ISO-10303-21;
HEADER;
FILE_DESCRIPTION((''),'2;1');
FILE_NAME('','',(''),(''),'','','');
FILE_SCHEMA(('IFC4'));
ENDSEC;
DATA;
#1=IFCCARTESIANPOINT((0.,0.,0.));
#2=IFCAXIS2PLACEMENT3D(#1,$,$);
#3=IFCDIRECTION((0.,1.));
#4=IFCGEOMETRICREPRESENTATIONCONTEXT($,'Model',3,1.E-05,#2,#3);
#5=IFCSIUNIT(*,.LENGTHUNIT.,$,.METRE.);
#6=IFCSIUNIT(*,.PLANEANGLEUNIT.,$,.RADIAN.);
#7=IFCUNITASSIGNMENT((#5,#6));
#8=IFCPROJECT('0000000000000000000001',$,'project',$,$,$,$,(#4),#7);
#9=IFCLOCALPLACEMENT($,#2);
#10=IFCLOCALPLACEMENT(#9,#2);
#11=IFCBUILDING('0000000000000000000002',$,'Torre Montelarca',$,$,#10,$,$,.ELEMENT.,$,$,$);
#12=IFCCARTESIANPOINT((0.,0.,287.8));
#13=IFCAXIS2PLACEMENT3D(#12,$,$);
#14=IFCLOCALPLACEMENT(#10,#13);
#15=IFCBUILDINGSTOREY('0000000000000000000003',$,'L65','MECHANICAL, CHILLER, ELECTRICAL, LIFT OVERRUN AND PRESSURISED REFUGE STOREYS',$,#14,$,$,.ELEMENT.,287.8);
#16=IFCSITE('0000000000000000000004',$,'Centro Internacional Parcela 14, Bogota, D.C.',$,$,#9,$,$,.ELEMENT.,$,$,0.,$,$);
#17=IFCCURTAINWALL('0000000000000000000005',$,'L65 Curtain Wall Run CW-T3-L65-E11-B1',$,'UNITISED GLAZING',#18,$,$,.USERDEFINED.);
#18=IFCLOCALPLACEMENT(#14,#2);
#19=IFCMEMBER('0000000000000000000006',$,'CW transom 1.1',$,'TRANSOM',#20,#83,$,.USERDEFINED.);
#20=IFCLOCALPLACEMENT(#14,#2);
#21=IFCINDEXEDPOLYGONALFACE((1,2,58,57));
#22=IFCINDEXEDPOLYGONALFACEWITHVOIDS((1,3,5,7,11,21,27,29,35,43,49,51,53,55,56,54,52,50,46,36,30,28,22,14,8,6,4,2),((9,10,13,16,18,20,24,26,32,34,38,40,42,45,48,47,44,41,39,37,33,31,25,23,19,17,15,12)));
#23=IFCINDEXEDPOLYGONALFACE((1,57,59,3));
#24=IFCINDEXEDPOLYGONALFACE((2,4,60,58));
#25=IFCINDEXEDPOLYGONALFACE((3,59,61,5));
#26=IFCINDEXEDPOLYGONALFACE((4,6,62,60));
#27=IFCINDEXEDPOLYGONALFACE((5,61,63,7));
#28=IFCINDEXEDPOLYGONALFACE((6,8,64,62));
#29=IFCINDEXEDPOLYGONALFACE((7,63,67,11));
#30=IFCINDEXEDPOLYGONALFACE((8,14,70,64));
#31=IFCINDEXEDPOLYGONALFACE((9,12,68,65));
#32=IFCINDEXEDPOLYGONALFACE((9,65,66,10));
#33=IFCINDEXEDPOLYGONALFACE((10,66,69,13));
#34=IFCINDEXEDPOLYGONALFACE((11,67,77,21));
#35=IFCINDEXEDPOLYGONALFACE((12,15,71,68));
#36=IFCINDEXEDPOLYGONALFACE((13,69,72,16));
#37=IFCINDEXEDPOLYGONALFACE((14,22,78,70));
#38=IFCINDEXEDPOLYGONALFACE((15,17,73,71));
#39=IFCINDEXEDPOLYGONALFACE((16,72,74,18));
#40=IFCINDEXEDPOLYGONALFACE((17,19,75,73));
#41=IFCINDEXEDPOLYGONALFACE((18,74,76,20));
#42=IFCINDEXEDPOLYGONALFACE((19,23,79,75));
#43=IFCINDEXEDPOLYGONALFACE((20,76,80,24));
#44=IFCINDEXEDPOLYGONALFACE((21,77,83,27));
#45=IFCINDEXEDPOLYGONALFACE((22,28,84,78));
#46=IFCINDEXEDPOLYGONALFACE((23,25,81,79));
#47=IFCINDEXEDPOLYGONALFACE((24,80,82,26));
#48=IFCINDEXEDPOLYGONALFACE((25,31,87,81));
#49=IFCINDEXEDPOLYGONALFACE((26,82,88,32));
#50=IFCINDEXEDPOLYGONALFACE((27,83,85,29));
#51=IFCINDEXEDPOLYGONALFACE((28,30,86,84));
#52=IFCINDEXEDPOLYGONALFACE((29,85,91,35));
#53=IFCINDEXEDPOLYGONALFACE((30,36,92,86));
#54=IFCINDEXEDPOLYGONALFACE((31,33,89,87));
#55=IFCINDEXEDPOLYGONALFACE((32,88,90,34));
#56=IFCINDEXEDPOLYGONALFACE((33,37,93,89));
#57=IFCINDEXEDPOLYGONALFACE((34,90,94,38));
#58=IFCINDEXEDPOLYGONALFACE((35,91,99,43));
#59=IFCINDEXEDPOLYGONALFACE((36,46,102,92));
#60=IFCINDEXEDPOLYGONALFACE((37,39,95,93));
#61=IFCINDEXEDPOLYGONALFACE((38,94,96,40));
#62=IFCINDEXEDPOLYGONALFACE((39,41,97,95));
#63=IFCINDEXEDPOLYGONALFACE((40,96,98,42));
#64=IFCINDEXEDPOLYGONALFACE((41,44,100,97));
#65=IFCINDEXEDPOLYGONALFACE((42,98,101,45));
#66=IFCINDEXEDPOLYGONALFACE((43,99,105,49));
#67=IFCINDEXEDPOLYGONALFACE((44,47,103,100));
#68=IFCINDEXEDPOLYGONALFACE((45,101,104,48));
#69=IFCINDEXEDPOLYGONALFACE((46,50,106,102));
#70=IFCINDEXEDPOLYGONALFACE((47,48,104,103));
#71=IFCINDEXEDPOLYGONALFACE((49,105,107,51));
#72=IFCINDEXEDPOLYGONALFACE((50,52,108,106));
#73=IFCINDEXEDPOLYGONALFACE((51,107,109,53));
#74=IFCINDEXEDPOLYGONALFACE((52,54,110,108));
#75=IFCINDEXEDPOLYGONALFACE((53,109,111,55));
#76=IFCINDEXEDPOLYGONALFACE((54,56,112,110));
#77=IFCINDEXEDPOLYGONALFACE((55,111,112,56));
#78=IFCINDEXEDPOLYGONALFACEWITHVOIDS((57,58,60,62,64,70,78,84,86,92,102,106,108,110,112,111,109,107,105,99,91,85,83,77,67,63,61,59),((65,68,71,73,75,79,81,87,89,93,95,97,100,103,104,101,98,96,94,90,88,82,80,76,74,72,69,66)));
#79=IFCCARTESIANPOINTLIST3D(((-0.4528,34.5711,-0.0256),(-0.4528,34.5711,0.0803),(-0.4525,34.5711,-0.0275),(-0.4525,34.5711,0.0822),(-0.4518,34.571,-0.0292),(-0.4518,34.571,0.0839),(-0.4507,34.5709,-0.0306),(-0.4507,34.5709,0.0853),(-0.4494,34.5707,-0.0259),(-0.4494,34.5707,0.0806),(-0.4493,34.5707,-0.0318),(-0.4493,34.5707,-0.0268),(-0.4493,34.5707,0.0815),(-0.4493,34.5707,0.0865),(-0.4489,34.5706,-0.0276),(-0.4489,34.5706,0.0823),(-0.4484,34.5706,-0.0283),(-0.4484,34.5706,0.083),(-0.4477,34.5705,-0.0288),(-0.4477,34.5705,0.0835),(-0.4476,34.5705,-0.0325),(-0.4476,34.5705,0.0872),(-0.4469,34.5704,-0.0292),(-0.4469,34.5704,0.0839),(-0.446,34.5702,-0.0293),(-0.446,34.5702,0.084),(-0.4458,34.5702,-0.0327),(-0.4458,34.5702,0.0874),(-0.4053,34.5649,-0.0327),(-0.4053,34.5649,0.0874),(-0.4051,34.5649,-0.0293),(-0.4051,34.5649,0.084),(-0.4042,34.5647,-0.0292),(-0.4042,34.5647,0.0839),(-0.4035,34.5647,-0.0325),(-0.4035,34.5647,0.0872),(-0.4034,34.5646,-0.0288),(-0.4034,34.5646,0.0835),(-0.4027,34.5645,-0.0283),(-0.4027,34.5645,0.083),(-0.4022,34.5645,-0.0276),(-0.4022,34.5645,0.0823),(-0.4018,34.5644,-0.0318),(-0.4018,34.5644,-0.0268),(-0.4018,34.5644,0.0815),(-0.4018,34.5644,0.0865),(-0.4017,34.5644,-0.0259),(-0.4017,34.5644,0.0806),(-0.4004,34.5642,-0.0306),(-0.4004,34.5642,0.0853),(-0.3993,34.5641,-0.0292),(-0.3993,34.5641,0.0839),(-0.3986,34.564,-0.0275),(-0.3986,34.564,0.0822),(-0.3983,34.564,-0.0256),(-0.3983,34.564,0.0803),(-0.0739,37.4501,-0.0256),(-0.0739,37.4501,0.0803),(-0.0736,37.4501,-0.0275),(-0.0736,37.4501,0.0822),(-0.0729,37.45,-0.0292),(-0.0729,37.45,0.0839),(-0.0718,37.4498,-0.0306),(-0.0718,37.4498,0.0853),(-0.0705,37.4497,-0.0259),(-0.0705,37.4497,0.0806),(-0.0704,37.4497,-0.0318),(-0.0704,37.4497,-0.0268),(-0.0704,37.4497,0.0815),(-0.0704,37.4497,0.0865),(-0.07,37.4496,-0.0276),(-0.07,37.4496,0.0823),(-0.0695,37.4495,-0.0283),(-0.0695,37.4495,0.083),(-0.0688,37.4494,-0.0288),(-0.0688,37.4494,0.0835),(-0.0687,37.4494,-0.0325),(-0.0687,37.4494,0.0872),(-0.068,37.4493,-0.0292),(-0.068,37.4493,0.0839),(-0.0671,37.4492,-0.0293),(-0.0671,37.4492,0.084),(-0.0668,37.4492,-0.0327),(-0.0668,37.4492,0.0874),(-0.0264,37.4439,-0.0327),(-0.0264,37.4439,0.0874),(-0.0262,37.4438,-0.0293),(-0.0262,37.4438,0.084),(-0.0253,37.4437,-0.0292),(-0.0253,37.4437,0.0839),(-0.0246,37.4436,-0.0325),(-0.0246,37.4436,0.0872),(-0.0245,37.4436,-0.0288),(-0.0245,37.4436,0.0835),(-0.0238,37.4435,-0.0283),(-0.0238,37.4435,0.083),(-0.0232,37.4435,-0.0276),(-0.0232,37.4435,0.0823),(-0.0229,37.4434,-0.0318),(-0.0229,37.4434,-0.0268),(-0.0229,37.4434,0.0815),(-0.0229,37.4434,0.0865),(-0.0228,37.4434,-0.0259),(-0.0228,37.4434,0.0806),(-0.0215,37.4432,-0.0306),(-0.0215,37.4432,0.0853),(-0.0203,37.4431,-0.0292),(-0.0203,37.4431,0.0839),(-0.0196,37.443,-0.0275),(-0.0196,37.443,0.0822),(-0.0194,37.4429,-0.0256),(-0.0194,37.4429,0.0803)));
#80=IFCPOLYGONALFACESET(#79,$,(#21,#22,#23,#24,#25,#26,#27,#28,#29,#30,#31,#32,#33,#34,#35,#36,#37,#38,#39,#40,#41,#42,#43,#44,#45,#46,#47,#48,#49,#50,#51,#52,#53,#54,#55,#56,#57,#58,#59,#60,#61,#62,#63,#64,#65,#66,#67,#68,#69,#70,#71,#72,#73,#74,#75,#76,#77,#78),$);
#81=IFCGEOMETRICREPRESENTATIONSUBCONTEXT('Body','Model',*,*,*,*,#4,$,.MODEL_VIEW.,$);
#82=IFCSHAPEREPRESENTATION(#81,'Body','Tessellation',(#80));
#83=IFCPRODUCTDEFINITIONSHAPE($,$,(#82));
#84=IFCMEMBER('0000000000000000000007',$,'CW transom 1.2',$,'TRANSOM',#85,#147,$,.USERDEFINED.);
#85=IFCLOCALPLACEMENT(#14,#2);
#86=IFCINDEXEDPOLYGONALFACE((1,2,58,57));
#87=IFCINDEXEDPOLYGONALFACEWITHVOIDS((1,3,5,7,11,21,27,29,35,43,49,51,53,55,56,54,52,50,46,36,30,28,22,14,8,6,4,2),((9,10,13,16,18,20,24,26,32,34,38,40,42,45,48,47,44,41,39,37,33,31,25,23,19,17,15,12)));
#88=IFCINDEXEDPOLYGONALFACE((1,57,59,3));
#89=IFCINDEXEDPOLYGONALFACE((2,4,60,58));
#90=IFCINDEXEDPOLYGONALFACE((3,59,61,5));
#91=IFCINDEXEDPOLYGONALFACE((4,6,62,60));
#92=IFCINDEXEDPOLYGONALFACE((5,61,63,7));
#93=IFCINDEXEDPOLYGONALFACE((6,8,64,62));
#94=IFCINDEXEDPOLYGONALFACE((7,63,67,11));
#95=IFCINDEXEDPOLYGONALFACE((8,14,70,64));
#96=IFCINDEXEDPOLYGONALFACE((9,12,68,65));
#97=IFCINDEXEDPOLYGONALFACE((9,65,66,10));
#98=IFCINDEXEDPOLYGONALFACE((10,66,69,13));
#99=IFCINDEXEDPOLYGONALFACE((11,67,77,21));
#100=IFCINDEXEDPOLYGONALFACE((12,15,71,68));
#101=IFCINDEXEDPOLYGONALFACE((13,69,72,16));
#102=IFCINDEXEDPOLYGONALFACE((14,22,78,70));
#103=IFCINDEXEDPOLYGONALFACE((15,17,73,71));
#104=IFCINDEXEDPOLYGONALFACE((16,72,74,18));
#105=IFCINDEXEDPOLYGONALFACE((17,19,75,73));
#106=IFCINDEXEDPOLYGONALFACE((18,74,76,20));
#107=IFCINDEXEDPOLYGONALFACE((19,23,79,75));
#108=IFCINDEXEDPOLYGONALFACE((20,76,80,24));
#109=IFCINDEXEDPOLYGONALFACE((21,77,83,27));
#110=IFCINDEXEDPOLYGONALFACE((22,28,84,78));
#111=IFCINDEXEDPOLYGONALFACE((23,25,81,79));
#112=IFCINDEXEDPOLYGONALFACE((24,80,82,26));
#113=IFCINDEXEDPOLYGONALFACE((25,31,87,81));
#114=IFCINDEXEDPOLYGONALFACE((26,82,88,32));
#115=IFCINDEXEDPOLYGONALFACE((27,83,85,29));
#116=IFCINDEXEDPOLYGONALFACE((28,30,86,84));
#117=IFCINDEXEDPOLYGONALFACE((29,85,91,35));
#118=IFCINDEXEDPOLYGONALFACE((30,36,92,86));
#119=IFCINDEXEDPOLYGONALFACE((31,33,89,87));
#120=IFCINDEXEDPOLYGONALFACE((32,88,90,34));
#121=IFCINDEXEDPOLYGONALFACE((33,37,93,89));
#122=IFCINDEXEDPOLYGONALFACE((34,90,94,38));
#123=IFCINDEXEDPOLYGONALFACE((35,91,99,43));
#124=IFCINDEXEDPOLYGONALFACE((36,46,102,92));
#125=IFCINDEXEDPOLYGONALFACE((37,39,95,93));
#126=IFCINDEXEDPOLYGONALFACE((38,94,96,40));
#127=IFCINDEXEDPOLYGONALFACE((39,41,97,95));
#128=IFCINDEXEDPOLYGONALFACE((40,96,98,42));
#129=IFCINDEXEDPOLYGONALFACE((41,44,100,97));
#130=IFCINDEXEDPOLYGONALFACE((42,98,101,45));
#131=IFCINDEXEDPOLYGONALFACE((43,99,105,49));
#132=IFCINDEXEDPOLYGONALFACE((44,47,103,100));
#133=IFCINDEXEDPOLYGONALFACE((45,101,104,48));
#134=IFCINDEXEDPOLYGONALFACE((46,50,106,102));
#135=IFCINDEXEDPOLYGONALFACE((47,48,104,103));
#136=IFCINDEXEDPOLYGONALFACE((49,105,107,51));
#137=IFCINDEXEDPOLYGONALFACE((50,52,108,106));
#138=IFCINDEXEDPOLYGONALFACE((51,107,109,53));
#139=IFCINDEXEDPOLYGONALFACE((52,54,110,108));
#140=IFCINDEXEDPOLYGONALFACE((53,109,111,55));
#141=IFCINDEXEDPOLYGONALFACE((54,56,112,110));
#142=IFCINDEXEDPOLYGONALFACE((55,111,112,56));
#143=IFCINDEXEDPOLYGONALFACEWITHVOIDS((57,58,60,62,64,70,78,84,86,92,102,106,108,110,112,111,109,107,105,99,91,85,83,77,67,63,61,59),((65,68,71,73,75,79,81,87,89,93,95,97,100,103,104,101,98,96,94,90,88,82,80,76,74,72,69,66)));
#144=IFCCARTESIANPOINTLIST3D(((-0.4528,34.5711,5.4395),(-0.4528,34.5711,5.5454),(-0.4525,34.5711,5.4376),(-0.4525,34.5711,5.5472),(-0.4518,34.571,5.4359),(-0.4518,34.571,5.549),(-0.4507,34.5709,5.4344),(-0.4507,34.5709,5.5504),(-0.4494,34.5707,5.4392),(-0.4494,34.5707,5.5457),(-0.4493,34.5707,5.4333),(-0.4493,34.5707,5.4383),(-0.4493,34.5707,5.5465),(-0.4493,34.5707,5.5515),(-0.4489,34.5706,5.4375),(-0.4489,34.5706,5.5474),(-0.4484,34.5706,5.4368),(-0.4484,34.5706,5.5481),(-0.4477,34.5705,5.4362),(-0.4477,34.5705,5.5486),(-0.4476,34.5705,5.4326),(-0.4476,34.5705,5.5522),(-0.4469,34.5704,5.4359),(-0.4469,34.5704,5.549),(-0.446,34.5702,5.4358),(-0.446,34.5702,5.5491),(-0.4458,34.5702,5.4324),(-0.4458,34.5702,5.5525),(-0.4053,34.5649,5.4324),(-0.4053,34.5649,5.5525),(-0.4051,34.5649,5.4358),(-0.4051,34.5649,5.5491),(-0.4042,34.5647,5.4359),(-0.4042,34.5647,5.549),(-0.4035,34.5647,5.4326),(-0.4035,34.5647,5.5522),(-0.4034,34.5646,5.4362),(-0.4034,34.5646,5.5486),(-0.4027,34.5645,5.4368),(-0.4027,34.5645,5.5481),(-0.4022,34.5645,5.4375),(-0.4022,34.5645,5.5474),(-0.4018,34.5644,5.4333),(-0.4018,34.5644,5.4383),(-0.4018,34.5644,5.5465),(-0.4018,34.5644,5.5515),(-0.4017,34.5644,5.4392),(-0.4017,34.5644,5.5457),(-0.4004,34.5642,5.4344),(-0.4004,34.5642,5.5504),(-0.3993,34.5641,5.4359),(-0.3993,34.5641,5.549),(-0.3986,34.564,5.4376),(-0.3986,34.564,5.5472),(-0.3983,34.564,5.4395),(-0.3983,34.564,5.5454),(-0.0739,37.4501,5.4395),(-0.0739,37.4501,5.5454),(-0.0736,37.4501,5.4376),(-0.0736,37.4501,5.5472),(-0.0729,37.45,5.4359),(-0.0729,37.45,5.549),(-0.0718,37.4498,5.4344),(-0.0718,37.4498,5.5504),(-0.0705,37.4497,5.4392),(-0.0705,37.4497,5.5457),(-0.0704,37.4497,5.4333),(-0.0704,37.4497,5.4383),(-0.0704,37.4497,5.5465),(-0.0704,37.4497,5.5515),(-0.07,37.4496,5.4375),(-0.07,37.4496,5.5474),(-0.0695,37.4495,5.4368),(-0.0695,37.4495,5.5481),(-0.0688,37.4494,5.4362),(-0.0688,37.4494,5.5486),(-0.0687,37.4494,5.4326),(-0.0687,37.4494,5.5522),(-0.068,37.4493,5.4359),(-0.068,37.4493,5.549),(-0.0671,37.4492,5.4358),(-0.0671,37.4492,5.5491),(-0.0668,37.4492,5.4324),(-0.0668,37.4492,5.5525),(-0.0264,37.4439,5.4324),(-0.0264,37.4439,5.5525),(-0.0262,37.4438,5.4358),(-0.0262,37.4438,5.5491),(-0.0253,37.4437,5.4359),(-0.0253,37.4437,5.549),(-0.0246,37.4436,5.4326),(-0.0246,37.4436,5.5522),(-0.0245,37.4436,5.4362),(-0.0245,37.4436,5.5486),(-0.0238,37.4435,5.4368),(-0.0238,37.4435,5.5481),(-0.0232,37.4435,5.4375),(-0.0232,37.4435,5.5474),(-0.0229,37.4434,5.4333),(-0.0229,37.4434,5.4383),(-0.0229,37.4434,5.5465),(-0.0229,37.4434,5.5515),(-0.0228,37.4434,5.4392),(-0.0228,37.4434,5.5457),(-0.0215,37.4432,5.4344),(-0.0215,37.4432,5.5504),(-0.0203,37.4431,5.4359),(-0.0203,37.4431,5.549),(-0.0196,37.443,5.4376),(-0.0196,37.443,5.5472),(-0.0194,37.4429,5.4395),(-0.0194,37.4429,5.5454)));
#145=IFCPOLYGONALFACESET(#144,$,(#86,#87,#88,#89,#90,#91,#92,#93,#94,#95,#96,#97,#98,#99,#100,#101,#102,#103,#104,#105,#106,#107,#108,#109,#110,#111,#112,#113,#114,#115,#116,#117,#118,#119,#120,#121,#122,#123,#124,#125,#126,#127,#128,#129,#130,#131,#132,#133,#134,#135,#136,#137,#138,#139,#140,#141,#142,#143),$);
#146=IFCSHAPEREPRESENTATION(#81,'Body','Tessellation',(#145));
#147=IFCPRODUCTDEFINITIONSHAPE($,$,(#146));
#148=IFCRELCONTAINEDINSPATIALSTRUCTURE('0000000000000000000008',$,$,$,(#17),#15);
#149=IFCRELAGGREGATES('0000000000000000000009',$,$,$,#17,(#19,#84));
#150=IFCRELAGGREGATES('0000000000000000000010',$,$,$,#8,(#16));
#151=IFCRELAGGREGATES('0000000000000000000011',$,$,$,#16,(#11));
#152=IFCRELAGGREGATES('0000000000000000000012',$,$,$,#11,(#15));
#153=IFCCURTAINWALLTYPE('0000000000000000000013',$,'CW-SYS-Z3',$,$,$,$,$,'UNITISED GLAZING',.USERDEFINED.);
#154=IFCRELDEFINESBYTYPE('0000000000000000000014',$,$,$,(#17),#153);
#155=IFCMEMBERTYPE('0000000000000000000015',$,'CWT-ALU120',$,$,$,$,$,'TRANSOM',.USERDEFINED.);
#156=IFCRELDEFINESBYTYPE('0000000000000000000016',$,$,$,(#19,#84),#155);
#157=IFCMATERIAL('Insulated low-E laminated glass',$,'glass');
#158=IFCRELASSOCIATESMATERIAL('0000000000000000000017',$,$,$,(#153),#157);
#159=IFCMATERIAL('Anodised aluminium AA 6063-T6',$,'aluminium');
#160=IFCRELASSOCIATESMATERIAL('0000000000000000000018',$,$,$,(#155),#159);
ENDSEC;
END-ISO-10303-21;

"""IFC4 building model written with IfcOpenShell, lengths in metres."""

from ifc_helpers import new_model, si_unit, direction, frame, origin, origin_2d, place, context, subcontext, project, spatial, hollow_rectangle, extrude, source, transform, mapped, material, material_profile, profile_set, type_object, element, aggregate, save


model = new_model("IFC4")

# Units and contexts
model_context = context("Model", 3, precision=1e-05, world=origin(), true_north=direction((0.0, 1.0)))
body_context = subcontext(model_context, "Body", "Model", "MODEL_VIEW")
ifc_project = project(units=[si_unit("LENGTHUNIT", "METRE"), si_unit("PLANEANGLEUNIT", "RADIAN")], contexts=[model_context])

# Site, building, storey
site_placement = place(None, origin())
site = spatial("IfcSite", under=ifc_project, at=site_placement, Name="Centro Internacional Parcela 14, Bogota, D.C.", CompositionType="ELEMENT", RefElevation=0.0)
building_placement = place(site_placement, origin())
building = spatial("IfcBuilding", under=site, at=building_placement, Name="Torre Montelarca", CompositionType="ELEMENT")
storey_placement = place(building_placement, frame((0.0, 0.0, 287.8)))
storey = spatial("IfcBuildingStorey", under=building, at=storey_placement, Name="L65", Description="MECHANICAL, CHILLER, ELECTRICAL, LIFT OVERRUN AND PRESSURISED REFUGE STOREYS", CompositionType="ELEMENT", Elevation=287.8)

# Curtain wall, members
ifc_material_1 = material(Name="Insulated low-E laminated glass", Category="glass")
curtain_wall_type = type_object("IfcCurtainWallType", Name="CW-SYS-Z3", ElementType="UNITISED GLAZING", PredefinedType="USERDEFINED", material=ifc_material_1)
curtain_wall_placement = place(storey_placement, origin())
curtain_wall = element("IfcCurtainWall", 1, at=curtain_wall_placement, inside=storey, type_object=curtain_wall_type, Name="L65 Curtain Wall Run CW-T3-L65-E11-B1", ObjectType="UNITISED GLAZING", PredefinedType="USERDEFINED")
ifc_material_2 = material(Name="Anodised aluminium AA 6063-T6", Category="aluminium")
ifc_material_profile_1 = material_profile(ifc_material_2, hollow_rectangle(XDim=0.0549, YDim=0.1201, WallThickness=0.0034, InnerFilletRadius=0.0034, OuterFilletRadius=0.0071, at=origin_2d()), Name="ALU55X120X3.5", Category="aluminium")
ifc_profile_set_1 = profile_set([ifc_material_profile_1], Name="Anodised aluminium AA 6063-T6")
member_type_1 = type_object("IfcMemberType", Name="CWT-ALU120", ElementType="TRANSOM", PredefinedType="USERDEFINED", material=ifc_profile_set_1)
shared_shape_1 = source(origin(), body_context, "Body", "SweptSolid", [
    extrude(hollow_rectangle(XDim=0.0549, YDim=0.1201, WallThickness=0.0034, InnerFilletRadius=0.0034, OuterFilletRadius=0.0071, at=origin_2d()), origin(), (0.0, 0.0, 1.0), 2.9038),
])
member_1_placement = place(storey_placement, frame((-0.0466, 37.4465, 0.0273), z_axis=(-0.130489, -0.99145, 0.0), x_axis=(0.99145, -0.130489, 0.0)))
member_1 = element("IfcMember", 2, at=member_1_placement, type_object=member_type_1, Name="CW transom 1.1", ObjectType="TRANSOM", PredefinedType="USERDEFINED", context=body_context, shape_type="MappedRepresentation", body=[
    mapped(shared_shape_1, transform((0.0, 0.0, 0.0), scale=1.0)),
])
member_2_placement = place(storey_placement, frame((-0.0466, 37.4465, 5.4924), z_axis=(-0.130489, -0.99145, 0.0), x_axis=(0.99145, -0.130489, 0.0)))
member_2 = element("IfcMember", 3, at=member_2_placement, type_object=member_type_1, Name="CW transom 1.2", ObjectType="TRANSOM", PredefinedType="USERDEFINED", context=body_context, shape_type="MappedRepresentation", body=[
    mapped(shared_shape_1, transform((0.0, 0.0, 0.0), scale=1.0)),
])
aggregate(curtain_wall, [member_1, member_2])

save(model, "model.ifc")
